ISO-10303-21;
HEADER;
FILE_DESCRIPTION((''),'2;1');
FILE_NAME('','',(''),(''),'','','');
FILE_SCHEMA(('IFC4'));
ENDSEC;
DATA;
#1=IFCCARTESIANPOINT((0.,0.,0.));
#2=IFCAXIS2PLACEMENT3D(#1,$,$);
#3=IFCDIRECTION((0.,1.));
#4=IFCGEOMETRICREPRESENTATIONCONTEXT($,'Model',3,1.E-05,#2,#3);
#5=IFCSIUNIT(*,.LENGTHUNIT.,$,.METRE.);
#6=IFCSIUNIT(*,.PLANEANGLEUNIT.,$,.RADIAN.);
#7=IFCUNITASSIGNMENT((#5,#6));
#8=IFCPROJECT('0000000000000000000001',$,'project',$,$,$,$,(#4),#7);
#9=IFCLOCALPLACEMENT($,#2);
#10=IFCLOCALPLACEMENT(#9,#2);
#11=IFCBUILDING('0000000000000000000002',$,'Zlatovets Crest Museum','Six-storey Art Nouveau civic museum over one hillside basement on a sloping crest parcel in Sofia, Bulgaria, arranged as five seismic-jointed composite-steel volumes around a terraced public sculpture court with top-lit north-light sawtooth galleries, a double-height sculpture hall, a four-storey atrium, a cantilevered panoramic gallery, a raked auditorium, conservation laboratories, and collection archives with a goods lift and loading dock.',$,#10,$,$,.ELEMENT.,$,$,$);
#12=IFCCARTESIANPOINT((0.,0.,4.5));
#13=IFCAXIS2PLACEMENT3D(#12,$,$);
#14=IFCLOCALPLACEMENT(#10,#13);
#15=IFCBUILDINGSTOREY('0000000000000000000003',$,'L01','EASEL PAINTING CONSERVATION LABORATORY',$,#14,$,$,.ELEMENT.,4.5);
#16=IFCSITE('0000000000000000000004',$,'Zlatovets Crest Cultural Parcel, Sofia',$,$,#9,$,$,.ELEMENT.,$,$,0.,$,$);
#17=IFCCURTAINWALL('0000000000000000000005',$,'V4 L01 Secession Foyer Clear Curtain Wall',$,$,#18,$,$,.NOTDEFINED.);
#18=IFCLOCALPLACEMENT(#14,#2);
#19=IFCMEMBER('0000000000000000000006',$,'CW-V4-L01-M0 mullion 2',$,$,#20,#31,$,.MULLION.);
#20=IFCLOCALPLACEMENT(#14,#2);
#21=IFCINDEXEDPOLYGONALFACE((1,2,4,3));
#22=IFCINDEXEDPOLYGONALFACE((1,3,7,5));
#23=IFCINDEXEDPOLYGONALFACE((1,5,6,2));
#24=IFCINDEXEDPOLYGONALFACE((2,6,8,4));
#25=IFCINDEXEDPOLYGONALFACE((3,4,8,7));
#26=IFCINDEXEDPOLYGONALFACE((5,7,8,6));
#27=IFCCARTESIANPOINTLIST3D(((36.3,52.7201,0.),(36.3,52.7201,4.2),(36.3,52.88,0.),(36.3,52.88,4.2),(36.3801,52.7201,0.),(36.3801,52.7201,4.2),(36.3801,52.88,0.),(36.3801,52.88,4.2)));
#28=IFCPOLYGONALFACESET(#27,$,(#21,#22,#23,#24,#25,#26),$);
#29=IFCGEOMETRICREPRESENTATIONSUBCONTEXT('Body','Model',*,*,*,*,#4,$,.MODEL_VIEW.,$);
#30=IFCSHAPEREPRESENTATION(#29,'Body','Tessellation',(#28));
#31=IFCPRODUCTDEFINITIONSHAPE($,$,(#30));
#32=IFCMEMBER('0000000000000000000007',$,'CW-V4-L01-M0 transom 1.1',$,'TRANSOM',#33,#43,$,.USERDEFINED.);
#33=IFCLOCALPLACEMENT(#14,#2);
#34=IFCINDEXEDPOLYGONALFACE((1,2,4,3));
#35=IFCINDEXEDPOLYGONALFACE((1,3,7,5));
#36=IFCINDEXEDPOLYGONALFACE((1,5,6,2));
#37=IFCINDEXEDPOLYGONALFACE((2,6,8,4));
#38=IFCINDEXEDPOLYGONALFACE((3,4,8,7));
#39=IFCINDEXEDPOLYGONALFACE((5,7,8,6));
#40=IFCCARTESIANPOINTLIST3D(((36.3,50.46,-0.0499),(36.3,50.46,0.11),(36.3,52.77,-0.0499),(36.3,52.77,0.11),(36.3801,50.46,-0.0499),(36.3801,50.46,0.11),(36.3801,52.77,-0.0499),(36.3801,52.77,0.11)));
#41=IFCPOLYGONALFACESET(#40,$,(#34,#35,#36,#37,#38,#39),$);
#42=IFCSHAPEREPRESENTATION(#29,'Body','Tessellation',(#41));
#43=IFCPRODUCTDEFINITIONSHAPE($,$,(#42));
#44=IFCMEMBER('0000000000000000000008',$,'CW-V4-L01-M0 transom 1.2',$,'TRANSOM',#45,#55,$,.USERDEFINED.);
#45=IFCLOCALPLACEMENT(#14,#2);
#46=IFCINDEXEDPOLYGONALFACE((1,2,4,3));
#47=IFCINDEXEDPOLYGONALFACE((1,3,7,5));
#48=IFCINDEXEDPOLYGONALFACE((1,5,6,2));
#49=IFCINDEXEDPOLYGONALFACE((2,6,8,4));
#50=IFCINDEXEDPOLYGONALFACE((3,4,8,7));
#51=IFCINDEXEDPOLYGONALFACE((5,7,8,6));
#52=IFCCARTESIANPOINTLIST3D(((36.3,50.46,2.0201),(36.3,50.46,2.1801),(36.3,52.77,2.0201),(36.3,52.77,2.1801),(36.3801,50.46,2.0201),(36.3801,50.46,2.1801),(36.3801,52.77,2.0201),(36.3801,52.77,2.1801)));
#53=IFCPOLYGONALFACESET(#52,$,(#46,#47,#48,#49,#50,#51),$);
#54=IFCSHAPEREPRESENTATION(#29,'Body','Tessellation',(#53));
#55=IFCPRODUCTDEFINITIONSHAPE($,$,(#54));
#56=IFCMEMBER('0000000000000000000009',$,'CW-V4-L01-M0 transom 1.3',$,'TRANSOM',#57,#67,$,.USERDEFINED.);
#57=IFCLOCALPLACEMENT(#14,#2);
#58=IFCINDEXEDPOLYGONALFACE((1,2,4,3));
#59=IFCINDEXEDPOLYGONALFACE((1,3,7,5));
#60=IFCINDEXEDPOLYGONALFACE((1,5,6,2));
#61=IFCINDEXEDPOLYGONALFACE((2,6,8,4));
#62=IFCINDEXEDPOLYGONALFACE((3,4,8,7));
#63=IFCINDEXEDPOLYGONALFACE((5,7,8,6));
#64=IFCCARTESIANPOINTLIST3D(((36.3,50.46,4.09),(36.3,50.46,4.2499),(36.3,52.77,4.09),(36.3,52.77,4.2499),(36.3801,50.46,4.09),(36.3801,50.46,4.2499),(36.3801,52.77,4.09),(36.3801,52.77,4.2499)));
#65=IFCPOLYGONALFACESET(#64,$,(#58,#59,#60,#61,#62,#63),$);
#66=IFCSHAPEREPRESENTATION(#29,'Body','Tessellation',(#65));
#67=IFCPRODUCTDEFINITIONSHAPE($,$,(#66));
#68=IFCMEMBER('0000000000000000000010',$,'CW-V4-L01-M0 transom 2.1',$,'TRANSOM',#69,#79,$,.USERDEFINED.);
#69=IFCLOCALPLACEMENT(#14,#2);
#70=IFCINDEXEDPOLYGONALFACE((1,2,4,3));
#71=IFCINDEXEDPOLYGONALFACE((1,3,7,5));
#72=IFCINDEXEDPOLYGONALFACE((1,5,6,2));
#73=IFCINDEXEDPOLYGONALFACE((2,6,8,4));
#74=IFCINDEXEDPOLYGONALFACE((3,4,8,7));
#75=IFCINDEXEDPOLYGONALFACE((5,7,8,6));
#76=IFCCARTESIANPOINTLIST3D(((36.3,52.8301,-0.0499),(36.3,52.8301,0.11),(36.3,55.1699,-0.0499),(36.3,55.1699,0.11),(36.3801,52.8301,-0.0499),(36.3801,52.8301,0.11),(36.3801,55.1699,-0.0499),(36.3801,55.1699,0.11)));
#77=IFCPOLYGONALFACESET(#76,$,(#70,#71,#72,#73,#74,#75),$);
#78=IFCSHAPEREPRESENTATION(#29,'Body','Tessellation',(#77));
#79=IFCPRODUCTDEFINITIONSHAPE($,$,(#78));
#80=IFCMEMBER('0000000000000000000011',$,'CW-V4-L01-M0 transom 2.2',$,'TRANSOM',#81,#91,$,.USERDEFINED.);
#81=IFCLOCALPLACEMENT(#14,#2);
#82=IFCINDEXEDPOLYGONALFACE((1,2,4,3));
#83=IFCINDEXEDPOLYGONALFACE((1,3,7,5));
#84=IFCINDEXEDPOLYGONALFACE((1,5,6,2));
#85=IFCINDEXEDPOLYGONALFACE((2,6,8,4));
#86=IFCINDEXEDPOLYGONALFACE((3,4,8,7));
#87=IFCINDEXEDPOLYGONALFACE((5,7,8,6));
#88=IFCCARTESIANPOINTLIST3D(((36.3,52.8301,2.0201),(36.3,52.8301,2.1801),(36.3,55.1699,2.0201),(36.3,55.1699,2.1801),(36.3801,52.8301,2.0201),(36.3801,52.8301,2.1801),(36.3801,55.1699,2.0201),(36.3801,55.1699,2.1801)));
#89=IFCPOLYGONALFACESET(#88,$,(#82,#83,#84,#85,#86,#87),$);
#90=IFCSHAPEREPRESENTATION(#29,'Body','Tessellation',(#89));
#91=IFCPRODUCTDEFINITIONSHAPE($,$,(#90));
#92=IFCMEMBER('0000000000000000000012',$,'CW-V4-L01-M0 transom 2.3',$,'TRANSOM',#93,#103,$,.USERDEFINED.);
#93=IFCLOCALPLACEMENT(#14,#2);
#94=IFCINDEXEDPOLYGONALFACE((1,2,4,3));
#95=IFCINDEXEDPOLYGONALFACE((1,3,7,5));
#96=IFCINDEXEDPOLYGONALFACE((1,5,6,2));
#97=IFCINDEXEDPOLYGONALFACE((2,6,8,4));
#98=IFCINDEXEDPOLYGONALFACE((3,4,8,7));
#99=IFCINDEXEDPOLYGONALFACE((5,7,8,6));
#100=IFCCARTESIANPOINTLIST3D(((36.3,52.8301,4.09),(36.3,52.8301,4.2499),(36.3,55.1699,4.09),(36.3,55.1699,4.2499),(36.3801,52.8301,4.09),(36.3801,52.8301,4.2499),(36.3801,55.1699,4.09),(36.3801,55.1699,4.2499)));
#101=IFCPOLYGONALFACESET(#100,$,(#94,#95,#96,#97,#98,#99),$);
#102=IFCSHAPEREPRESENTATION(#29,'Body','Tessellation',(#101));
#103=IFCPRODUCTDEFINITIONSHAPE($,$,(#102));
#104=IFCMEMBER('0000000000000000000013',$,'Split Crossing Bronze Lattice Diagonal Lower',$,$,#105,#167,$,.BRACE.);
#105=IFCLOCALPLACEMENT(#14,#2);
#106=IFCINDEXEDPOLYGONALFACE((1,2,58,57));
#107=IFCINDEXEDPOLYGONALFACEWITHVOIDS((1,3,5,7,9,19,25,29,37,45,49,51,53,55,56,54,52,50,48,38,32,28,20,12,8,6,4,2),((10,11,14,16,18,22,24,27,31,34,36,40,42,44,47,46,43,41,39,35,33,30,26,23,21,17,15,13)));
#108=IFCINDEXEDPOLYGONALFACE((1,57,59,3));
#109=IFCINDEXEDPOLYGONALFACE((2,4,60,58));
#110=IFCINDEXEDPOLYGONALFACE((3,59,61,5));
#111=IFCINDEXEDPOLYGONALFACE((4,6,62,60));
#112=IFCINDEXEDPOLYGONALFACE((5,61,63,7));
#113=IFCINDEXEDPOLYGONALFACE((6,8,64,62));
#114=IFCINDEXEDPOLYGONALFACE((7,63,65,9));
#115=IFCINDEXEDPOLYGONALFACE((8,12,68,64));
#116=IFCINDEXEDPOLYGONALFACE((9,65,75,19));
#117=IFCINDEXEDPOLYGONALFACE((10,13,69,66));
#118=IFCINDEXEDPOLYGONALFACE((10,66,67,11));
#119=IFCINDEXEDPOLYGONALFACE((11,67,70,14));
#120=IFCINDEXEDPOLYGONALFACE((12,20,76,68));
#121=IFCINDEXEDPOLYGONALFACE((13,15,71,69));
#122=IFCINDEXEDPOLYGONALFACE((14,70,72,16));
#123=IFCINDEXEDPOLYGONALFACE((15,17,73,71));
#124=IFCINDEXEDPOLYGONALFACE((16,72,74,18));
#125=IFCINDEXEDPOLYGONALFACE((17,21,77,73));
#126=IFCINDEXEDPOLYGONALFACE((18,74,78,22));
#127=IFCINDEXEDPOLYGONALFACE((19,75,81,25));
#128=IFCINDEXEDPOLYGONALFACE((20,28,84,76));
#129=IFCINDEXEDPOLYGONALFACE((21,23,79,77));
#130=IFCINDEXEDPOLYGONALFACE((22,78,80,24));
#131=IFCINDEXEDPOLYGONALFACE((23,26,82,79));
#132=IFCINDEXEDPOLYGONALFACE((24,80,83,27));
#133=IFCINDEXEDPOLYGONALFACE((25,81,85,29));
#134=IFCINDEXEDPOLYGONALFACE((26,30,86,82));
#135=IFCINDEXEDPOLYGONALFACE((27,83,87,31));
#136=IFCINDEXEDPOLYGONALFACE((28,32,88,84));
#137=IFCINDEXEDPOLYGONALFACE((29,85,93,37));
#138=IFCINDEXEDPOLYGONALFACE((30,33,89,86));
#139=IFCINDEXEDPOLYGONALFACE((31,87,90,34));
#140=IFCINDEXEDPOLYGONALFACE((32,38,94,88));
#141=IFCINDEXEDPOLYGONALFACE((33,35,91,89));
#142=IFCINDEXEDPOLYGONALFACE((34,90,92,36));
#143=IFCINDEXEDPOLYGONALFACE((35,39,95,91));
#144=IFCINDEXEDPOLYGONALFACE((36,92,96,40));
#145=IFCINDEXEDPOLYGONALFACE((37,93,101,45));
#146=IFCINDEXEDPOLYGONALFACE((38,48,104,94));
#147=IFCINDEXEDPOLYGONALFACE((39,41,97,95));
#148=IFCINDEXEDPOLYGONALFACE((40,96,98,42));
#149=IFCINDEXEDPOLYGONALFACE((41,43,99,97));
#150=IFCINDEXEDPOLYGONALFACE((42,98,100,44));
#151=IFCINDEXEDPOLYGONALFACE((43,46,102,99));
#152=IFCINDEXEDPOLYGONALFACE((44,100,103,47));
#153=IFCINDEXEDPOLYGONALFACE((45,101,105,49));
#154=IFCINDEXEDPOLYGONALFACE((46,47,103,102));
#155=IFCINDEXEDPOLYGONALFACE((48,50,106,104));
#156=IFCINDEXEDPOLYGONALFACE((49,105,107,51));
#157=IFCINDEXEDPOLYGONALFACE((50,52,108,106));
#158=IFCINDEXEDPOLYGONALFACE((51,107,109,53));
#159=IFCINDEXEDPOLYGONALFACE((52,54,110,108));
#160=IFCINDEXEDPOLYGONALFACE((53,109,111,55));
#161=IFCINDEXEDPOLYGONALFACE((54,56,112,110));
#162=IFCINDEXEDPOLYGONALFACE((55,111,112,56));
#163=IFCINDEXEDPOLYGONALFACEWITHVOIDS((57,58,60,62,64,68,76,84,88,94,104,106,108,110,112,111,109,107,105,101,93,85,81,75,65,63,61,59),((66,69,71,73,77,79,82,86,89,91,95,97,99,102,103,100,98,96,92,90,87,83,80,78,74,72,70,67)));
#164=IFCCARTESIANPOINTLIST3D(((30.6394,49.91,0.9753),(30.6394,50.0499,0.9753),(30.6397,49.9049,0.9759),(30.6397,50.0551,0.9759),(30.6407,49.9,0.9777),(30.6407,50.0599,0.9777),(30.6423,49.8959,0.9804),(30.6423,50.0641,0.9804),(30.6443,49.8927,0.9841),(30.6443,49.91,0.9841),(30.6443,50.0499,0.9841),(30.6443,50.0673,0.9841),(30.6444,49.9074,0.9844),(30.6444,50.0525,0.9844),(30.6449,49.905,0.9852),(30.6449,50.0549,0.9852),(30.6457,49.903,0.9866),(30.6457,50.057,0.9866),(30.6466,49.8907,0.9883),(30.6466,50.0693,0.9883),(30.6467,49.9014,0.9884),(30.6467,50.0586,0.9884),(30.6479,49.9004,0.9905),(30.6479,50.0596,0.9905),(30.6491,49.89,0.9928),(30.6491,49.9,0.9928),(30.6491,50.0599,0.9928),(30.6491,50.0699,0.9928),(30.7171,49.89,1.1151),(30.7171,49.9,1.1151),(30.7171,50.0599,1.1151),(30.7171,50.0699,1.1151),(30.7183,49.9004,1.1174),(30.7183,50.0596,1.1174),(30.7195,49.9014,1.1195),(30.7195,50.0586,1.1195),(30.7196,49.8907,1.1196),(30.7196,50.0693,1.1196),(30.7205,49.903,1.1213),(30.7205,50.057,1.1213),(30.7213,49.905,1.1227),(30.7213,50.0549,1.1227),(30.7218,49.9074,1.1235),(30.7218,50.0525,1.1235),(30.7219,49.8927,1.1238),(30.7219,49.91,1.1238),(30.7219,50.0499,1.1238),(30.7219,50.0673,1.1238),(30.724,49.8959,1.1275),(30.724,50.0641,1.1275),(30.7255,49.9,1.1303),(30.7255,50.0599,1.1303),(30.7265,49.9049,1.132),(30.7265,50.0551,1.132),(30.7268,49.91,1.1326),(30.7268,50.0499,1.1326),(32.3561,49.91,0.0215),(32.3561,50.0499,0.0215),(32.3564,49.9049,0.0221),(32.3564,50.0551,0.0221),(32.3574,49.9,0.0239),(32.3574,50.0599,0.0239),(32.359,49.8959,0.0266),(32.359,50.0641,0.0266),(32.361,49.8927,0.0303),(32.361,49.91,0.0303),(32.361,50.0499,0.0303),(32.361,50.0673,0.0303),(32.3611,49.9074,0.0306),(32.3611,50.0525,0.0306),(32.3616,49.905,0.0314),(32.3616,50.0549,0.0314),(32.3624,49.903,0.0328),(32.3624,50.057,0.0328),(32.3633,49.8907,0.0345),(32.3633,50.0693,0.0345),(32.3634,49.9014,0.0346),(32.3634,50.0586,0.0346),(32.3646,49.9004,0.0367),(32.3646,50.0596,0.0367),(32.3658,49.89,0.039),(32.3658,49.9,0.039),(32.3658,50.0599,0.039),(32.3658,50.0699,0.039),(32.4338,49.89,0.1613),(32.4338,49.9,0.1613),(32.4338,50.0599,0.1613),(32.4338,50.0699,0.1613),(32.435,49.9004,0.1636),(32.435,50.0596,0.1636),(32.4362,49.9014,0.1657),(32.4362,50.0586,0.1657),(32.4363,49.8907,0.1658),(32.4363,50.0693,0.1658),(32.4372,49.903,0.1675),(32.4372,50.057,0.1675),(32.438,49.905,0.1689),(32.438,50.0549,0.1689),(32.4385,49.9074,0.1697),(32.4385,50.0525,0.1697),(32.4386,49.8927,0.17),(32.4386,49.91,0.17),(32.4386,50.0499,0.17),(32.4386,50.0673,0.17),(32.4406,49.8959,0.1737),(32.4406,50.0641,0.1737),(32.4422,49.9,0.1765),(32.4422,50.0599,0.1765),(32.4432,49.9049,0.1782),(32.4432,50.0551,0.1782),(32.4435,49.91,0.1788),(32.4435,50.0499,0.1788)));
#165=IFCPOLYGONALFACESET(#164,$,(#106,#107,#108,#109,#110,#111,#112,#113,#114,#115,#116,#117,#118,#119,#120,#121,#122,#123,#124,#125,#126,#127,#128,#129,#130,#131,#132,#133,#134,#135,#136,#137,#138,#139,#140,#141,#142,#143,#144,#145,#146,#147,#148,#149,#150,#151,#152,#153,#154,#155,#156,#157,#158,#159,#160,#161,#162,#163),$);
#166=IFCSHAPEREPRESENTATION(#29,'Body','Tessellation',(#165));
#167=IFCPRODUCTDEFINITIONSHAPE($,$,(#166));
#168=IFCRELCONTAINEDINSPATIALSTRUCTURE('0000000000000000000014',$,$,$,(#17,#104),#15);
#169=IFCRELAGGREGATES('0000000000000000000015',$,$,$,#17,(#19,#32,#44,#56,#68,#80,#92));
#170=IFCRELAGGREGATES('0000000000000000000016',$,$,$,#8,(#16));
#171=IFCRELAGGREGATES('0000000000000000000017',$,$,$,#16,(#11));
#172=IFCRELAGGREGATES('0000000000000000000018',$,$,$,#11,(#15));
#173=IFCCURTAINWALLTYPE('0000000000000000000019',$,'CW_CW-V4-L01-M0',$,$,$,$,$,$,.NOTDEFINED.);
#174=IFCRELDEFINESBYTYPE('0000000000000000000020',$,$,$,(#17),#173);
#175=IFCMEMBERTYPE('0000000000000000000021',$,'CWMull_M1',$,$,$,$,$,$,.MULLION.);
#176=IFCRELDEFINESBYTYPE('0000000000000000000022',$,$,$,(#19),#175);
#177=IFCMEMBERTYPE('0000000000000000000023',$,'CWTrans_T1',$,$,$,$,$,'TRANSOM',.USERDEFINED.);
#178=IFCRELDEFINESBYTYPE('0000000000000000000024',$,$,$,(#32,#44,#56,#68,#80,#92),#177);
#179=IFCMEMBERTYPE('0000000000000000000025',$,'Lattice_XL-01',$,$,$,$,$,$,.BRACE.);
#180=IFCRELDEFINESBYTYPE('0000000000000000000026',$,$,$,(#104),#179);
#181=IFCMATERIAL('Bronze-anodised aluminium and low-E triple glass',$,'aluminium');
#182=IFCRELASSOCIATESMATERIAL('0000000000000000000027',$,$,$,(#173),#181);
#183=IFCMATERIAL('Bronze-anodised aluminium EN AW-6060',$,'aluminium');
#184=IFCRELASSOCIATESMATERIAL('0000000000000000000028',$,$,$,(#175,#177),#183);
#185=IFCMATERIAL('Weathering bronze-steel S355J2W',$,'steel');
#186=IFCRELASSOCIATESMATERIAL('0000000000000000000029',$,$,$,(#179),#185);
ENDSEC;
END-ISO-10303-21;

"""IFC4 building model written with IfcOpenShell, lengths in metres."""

from ifc_helpers import new_model, si_unit, direction, frame, origin, origin_2d, place, context, subcontext, project, spatial, rectangle, hollow_rectangle, extrude, material, material_profile, profile_set, type_object, element, aggregate, save


model = new_model("IFC4")

# Units and contexts
model_context = context("Model", 3, precision=1e-05, world=origin(), true_north=direction((0.0, 1.0)))
body_context = subcontext(model_context, "Body", "Model", "MODEL_VIEW")
ifc_project = project(units=[si_unit("LENGTHUNIT", "METRE"), si_unit("PLANEANGLEUNIT", "RADIAN")], contexts=[model_context])

# Site, building, storey
site_placement = place(None, origin())
site = spatial("IfcSite", under=ifc_project, at=site_placement, Name="Zlatovets Crest Cultural Parcel, Sofia", CompositionType="ELEMENT", RefElevation=0.0)
building_placement = place(site_placement, origin())
building = spatial("IfcBuilding", under=site, at=building_placement, Name="Zlatovets Crest Museum", Description="Six-storey Art Nouveau civic museum over one hillside basement on a sloping crest parcel in Sofia, Bulgaria, arranged as five seismic-jointed composite-steel volumes around a terraced public sculpture court with top-lit north-light sawtooth galleries, a double-height sculpture hall, a four-storey atrium, a cantilevered panoramic gallery, a raked auditorium, conservation laboratories, and collection archives with a goods lift and loading dock.", CompositionType="ELEMENT")
storey_placement = place(building_placement, frame((0.0, 0.0, 4.5)))
storey = spatial("IfcBuildingStorey", under=building, at=storey_placement, Name="L01", Description="EASEL PAINTING CONSERVATION LABORATORY", CompositionType="ELEMENT", Elevation=4.5)

# Curtain wall, members
ifc_material_1 = material(Name="Bronze-anodised aluminium and low-E triple glass", Category="aluminium")
curtain_wall_type = type_object("IfcCurtainWallType", Name="CW_CW-V4-L01-M0", PredefinedType="NOTDEFINED", material=ifc_material_1)
curtain_wall_placement = place(storey_placement, origin())
curtain_wall = element("IfcCurtainWall", 1, at=curtain_wall_placement, inside=storey, type_object=curtain_wall_type, Name="V4 L01 Secession Foyer Clear Curtain Wall", PredefinedType="NOTDEFINED")
ifc_material_2 = material(Name="Bronze-anodised aluminium EN AW-6060", Category="aluminium")
ifc_material_profile_1 = material_profile(ifc_material_2, rectangle(XDim=0.0801, YDim=0.1599, at=origin_2d()), Name="ALU 80x160")
ifc_profile_set_1 = profile_set([ifc_material_profile_1], Name="Bronze-anodised aluminium EN AW-6060")
member_type_1 = type_object("IfcMemberType", Name="CWMull_M1", PredefinedType="MULLION", material=ifc_profile_set_1)
member_1_placement = place(storey_placement, frame((36.3401, 52.8, 0.0), z_axis=(0.0, 0.0, 1.0), x_axis=(-1.0, 0.0, 0.0)))
member_1 = element("IfcMember", 2, at=member_1_placement, type_object=member_type_1, Name="CW-V4-L01-M0 mullion 2", PredefinedType="MULLION", context=body_context, shape_type="SweptSolid", body=[
    extrude(rectangle(XDim=0.0801, YDim=0.1599, at=origin_2d()), origin(), (0.0, 0.0, 1.0), 4.2),
])
ifc_material_profile_2 = material_profile(ifc_material_2, rectangle(XDim=0.0801, YDim=0.1599, at=origin_2d()), Name="ALU 80x160")
ifc_profile_set_2 = profile_set([ifc_material_profile_2], Name="Bronze-anodised aluminium EN AW-6060")
member_type_2 = type_object("IfcMemberType", Name="CWTrans_T1", ElementType="TRANSOM", PredefinedType="USERDEFINED", material=ifc_profile_set_2)
member_2_placement = place(storey_placement, frame((36.3401, 50.46, 0.03), z_axis=(0.0, 1.0, 0.0), x_axis=(-1.0, 0.0, 0.0)))
member_2 = element("IfcMember", 3, at=member_2_placement, type_object=member_type_2, Name="CW-V4-L01-M0 transom 1.1", ObjectType="TRANSOM", PredefinedType="USERDEFINED", context=body_context, shape_type="SweptSolid", body=[
    extrude(rectangle(XDim=0.0801, YDim=0.1599, at=origin_2d()), origin(), (0.0, 0.0, 1.0), 2.3101),
])
member_3_placement = place(storey_placement, frame((36.3401, 50.46, 2.1001), z_axis=(0.0, 1.0, 0.0), x_axis=(-1.0, 0.0, 0.0)))
member_3 = element("IfcMember", 4, at=member_3_placement, type_object=member_type_2, Name="CW-V4-L01-M0 transom 1.2", ObjectType="TRANSOM", PredefinedType="USERDEFINED", context=body_context, shape_type="SweptSolid", body=[
    extrude(rectangle(XDim=0.0801, YDim=0.1599, at=origin_2d()), origin(), (0.0, 0.0, 1.0), 2.3101),
])
member_4_placement = place(storey_placement, frame((36.3401, 50.46, 4.1699), z_axis=(0.0, 1.0, 0.0), x_axis=(-1.0, 0.0, 0.0)))
member_4 = element("IfcMember", 5, at=member_4_placement, type_object=member_type_2, Name="CW-V4-L01-M0 transom 1.3", ObjectType="TRANSOM", PredefinedType="USERDEFINED", context=body_context, shape_type="SweptSolid", body=[
    extrude(rectangle(XDim=0.0801, YDim=0.1599, at=origin_2d()), origin(), (0.0, 0.0, 1.0), 2.3101),
])
member_5_placement = place(storey_placement, frame((36.3401, 52.8301, 0.03), z_axis=(0.0, 1.0, 0.0), x_axis=(-1.0, 0.0, 0.0)))
member_5 = element("IfcMember", 6, at=member_5_placement, type_object=member_type_2, Name="CW-V4-L01-M0 transom 2.1", ObjectType="TRANSOM", PredefinedType="USERDEFINED", context=body_context, shape_type="SweptSolid", body=[
    extrude(rectangle(XDim=0.0801, YDim=0.1599, at=origin_2d()), origin(), (0.0, 0.0, 1.0), 2.3398),
])
member_6_placement = place(storey_placement, frame((36.3401, 52.8301, 2.1001), z_axis=(0.0, 1.0, 0.0), x_axis=(-1.0, 0.0, 0.0)))
member_6 = element("IfcMember", 7, at=member_6_placement, type_object=member_type_2, Name="CW-V4-L01-M0 transom 2.2", ObjectType="TRANSOM", PredefinedType="USERDEFINED", context=body_context, shape_type="SweptSolid", body=[
    extrude(rectangle(XDim=0.0801, YDim=0.1599, at=origin_2d()), origin(), (0.0, 0.0, 1.0), 2.3398),
])
member_7_placement = place(storey_placement, frame((36.3401, 52.8301, 4.1699), z_axis=(0.0, 1.0, 0.0), x_axis=(-1.0, 0.0, 0.0)))
member_7 = element("IfcMember", 8, at=member_7_placement, type_object=member_type_2, Name="CW-V4-L01-M0 transom 2.3", ObjectType="TRANSOM", PredefinedType="USERDEFINED", context=body_context, shape_type="SweptSolid", body=[
    extrude(rectangle(XDim=0.0801, YDim=0.1599, at=origin_2d()), origin(), (0.0, 0.0, 1.0), 2.3398),
])

# Member
ifc_material_3 = material(Name="Weathering bronze-steel S355J2W", Category="steel")
ifc_material_profile_3 = material_profile(ifc_material_3, hollow_rectangle(XDim=0.1799, YDim=0.1799, WallThickness=0.01, InnerFilletRadius=0.01, OuterFilletRadius=0.02, at=origin_2d()), Name="SHS 180x180x10.0")
ifc_profile_set_3 = profile_set([ifc_material_profile_3], Name="Weathering bronze-steel S355J2W")
member_type_3 = type_object("IfcMemberType", Name="Lattice_XL-01", PredefinedType="BRACE", material=ifc_profile_set_3)
member_8_placement = place(storey_placement, frame((30.6831, 49.98, 1.054), z_axis=(0.87414, 0.0, -0.485675), x_axis=(0.0, 1.0, 0.0)))
element("IfcMember", 9, at=member_8_placement, inside=storey, type_object=member_type_3, Name="Split Crossing Bronze Lattice Diagonal Lower", PredefinedType="BRACE", context=body_context, shape_type="SweptSolid", body=[
    extrude(hollow_rectangle(XDim=0.1799, YDim=0.1799, WallThickness=0.01, InnerFilletRadius=0.01, OuterFilletRadius=0.02, at=origin_2d()), origin(), (0.0, 0.0, 1.0), 1.9639),
])

aggregate(curtain_wall, [member_1, member_2, member_3, member_4, member_5, member_6, member_7])

save(model, "model.ifc")
